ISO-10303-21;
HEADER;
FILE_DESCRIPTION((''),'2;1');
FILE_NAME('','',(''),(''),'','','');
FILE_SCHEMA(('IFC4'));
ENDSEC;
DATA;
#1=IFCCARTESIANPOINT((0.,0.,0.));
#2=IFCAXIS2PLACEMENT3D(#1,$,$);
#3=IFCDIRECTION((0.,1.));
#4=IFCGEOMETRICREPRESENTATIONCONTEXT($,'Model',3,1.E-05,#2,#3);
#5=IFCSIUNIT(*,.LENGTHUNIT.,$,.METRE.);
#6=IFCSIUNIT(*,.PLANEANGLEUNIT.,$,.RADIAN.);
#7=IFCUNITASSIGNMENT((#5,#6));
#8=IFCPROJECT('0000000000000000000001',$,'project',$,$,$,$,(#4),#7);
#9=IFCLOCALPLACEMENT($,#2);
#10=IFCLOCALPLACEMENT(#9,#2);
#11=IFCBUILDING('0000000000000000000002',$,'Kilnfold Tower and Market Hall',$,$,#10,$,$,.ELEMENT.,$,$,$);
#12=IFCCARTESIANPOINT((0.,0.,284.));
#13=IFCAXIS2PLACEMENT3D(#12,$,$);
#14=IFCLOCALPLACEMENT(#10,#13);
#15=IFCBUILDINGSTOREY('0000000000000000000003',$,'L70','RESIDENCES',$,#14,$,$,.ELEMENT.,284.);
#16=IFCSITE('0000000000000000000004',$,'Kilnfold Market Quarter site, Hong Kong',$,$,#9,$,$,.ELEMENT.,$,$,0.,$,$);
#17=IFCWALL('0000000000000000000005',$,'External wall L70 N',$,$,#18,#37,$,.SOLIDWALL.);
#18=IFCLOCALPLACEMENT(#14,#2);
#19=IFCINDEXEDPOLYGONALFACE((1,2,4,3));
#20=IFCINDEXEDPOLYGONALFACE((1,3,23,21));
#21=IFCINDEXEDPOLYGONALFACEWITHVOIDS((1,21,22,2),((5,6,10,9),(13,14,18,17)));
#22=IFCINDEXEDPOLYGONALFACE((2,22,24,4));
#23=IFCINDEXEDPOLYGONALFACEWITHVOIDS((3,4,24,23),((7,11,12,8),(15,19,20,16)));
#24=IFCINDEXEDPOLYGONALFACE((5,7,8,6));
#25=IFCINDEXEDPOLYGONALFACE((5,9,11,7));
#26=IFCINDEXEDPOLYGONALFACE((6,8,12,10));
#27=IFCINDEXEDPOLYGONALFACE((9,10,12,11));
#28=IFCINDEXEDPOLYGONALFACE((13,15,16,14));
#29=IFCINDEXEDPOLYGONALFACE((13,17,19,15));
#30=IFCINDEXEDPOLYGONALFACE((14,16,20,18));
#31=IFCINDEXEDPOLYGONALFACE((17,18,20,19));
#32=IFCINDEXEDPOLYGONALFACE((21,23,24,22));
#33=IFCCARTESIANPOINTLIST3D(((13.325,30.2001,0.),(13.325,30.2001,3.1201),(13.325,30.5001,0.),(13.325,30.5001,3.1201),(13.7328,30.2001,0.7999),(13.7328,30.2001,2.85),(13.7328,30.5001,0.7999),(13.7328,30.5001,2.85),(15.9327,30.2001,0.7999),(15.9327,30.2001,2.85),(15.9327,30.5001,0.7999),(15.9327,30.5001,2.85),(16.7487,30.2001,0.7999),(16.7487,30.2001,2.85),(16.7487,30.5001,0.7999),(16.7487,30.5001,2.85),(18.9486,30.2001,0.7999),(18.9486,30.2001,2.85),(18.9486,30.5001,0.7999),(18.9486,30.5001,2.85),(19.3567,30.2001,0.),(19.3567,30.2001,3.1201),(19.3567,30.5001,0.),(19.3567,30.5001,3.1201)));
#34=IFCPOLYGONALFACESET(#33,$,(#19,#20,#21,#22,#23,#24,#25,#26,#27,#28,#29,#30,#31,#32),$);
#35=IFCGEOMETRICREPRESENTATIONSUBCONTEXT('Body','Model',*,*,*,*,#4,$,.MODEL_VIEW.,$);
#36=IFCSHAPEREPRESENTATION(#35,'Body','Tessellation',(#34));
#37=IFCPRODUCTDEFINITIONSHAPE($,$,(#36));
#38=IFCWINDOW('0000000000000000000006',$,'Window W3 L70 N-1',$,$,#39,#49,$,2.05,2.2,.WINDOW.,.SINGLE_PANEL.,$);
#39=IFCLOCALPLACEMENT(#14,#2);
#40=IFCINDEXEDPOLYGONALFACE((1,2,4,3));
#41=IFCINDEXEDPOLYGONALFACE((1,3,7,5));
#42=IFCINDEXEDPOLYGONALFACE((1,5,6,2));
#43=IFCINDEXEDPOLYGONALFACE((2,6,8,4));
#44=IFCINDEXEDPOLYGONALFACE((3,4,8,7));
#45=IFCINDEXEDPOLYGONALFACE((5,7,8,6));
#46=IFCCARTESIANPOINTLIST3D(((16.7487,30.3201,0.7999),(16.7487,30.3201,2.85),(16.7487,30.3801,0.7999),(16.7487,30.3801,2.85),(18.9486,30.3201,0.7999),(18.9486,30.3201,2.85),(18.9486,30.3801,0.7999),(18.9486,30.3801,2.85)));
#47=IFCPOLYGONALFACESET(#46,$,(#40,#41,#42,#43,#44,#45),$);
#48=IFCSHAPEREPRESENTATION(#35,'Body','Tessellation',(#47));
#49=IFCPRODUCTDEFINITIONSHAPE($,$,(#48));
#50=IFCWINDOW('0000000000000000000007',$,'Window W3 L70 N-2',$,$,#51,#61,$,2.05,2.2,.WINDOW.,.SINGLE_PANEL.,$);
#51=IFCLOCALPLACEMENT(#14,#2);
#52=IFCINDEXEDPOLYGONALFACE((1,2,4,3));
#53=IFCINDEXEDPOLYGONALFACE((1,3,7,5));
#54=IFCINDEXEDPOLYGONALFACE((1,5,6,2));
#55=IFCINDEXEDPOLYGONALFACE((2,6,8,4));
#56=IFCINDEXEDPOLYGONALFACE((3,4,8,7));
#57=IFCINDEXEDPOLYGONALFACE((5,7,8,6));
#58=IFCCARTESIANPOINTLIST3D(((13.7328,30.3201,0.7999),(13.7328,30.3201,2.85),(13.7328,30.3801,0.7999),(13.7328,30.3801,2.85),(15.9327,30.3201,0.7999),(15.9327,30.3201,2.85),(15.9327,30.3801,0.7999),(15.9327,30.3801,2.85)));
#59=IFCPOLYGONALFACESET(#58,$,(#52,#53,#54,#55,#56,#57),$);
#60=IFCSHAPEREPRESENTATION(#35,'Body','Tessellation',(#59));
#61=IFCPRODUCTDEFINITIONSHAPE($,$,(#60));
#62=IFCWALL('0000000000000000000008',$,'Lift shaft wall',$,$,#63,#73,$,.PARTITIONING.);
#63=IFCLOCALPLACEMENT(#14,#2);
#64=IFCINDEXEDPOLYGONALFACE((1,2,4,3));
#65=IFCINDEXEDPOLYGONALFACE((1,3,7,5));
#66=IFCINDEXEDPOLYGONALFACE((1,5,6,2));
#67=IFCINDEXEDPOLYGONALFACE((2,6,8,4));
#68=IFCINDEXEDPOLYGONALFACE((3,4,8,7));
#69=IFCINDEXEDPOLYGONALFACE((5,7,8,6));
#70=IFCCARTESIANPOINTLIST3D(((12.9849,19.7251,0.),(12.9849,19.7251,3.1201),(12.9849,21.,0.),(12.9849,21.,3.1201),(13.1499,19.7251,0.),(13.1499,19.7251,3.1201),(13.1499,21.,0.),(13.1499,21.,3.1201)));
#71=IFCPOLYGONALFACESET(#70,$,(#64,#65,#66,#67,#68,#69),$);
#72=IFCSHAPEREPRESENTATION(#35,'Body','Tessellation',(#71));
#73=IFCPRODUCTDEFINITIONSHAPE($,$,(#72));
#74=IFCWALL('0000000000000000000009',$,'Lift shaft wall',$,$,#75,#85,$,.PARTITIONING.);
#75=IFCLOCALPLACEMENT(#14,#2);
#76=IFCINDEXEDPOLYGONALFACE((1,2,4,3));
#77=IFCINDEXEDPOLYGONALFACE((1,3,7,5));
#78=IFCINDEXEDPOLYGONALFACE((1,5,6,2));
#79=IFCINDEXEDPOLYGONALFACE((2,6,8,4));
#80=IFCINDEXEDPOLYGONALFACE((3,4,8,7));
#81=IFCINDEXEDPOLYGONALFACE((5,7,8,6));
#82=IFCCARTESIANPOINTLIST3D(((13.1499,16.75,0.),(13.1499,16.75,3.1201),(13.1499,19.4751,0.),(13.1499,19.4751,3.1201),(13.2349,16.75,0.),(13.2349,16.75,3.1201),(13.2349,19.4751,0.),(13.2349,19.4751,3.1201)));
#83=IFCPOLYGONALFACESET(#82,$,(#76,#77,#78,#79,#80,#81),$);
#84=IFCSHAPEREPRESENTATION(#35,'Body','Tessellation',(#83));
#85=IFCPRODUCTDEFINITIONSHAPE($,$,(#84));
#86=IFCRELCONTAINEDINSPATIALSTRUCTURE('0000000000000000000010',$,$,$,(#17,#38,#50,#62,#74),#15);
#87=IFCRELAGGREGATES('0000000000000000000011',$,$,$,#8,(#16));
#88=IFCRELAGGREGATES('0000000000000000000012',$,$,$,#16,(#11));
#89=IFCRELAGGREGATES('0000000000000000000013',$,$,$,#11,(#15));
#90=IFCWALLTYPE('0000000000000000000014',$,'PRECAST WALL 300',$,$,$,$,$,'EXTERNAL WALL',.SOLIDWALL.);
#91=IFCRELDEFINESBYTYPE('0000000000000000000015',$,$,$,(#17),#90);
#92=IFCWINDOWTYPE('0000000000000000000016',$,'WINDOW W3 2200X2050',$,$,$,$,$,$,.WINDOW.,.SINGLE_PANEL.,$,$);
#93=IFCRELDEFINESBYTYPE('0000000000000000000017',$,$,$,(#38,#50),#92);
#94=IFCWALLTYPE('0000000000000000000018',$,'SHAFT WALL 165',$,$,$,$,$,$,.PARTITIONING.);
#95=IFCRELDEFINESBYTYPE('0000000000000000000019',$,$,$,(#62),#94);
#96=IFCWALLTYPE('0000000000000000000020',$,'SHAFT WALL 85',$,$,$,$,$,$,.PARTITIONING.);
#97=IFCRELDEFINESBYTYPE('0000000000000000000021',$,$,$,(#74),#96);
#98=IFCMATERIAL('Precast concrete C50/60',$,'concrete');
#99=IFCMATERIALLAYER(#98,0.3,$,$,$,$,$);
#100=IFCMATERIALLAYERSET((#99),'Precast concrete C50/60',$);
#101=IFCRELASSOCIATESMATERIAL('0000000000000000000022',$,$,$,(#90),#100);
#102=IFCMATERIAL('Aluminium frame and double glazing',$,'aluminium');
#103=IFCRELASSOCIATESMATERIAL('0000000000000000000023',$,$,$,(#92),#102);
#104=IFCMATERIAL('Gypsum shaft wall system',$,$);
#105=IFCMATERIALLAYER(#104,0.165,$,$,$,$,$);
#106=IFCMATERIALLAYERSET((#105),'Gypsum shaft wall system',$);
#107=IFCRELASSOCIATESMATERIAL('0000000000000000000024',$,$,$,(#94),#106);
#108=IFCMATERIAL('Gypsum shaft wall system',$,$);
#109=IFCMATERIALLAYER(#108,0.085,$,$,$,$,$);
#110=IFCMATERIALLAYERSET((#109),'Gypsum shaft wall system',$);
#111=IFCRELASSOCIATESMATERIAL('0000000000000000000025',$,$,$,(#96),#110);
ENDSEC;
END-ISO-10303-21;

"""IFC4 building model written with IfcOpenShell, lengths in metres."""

from ifc_helpers import new_model, si_unit, direction, frame, frame_2d, origin, place, context, subcontext, project, spatial, rectangle, extrude, source, transform, mapped, material, layer, layer_set, type_object, element, fill, save


model = new_model("IFC4")

# Units and contexts
model_context = context("Model", 3, precision=1e-05, world=origin(), true_north=direction((0.0, 1.0)))
body_context = subcontext(model_context, "Body", "Model", "MODEL_VIEW")
ifc_project = project(units=[si_unit("LENGTHUNIT", "METRE"), si_unit("PLANEANGLEUNIT", "RADIAN")], contexts=[model_context])

# Site, building, storey
site_placement = place(None, origin())
site = spatial("IfcSite", under=ifc_project, at=site_placement, Name="Kilnfold Market Quarter site, Hong Kong", CompositionType="ELEMENT", RefElevation=0.0)
building_placement = place(site_placement, origin())
building = spatial("IfcBuilding", under=site, at=building_placement, Name="Kilnfold Tower and Market Hall", CompositionType="ELEMENT")
storey_placement = place(building_placement, frame((0.0, 0.0, 284.0)))
storey = spatial("IfcBuildingStorey", under=building, at=storey_placement, Name="L70", Description="RESIDENCES", CompositionType="ELEMENT", Elevation=284.0)

# Shared definitions
ifc_material_1 = material(Name="Precast concrete C50/60", Category="concrete")
ifc_layer_1 = layer(ifc_material_1, 0.3)
ifc_layer_set_1 = layer_set([ifc_layer_1], Name="Precast concrete C50/60")
wall_type_1 = type_object("IfcWallType", Name="PRECAST WALL 300", ElementType="EXTERNAL WALL", PredefinedType="SOLIDWALL", material=ifc_layer_set_1)
ifc_material_2 = material(Name="Aluminium frame and double glazing", Category="aluminium")
window_type_1 = type_object("IfcWindowType", Name="WINDOW W3 2200X2050", PartitioningType="SINGLE_PANEL", PredefinedType="WINDOW", material=ifc_material_2)

# Wall, openings, windows
shared_shape_1 = source(origin(), body_context, "Body", "SweptSolid", [
    extrude(rectangle(XDim=6.0317, YDim=0.3, at=frame_2d((3.0159, 0.0))), origin(), (0.0, 0.0, 1.0), 3.1201),
])
wall_1_placement = place(storey_placement, frame((19.3567, 30.3501, 0.0), z_axis=(0.0, 0.0, 1.0), x_axis=(-1.0, 0.0, 0.0)))
wall_1 = element("IfcWall", 1, at=wall_1_placement, inside=storey, type_object=wall_type_1, Name="External wall L70 N", PredefinedType="SOLIDWALL", context=body_context, shape_type="MappedRepresentation", body=[
    mapped(shared_shape_1, transform((0.0, 0.0, 0.0))),
])
opening_1_placement = place(wall_1_placement, frame((0.408, 0.0, 0.8)))
opening_1 = element("IfcOpeningElement", 2, at=opening_1_placement, cuts=wall_1, PredefinedType="OPENING", context=body_context, shape_type="SweptSolid", body=[
    extrude(rectangle(XDim=2.2, YDim=2.05, at=frame_2d((1.1001, 1.0249))), frame((0.0, 0.1602, 0.0), z_axis=(0.0, -1.0, 0.0), x_axis=(1.0, 0.0, 0.0)), (0.0, 0.0, 1.0), 0.3201),
])
opening_2_placement = place(wall_1_placement, frame((3.4238, 0.0, 0.8)))
opening_2 = element("IfcOpeningElement", 3, at=opening_2_placement, cuts=wall_1, PredefinedType="OPENING", context=body_context, shape_type="SweptSolid", body=[
    extrude(rectangle(XDim=2.2, YDim=2.05, at=frame_2d((1.1001, 1.0249))), frame((0.0, 0.1602, 0.0), z_axis=(0.0, -1.0, 0.0), x_axis=(1.0, 0.0, 0.0)), (0.0, 0.0, 1.0), 0.3201),
])
window_1_placement = place(opening_1_placement, origin())
window_1 = element("IfcWindow", 4, at=window_1_placement, inside=storey, type_object=window_type_1, Name="Window W3 L70 N-1", OverallHeight=2.05, OverallWidth=2.2, PartitioningType="SINGLE_PANEL", PredefinedType="WINDOW", context=body_context, shape_type="SweptSolid", body=[
    extrude(rectangle(XDim=2.2, YDim=2.05, at=frame_2d((1.1001, 1.0249))), frame((0.0, 0.03, 0.0), z_axis=(0.0, -1.0, 0.0), x_axis=(1.0, 0.0, 0.0)), (0.0, 0.0, 1.0), 0.0601),
])
fill(opening_1, window_1)
window_2_placement = place(opening_2_placement, origin())
window_2 = element("IfcWindow", 5, at=window_2_placement, inside=storey, type_object=window_type_1, Name="Window W3 L70 N-2", OverallHeight=2.05, OverallWidth=2.2, PartitioningType="SINGLE_PANEL", PredefinedType="WINDOW", context=body_context, shape_type="SweptSolid", body=[
    extrude(rectangle(XDim=2.2, YDim=2.05, at=frame_2d((1.1001, 1.0249))), frame((0.0, 0.03, 0.0), z_axis=(0.0, -1.0, 0.0), x_axis=(1.0, 0.0, 0.0)), (0.0, 0.0, 1.0), 0.0601),
])
fill(opening_2, window_2)

# Walls
ifc_material_3 = material(Name="Gypsum shaft wall system")
ifc_layer_2 = layer(ifc_material_3, 0.165)
ifc_layer_set_2 = layer_set([ifc_layer_2], Name="Gypsum shaft wall system")
wall_type_2 = type_object("IfcWallType", Name="SHAFT WALL 165", PredefinedType="PARTITIONING", material=ifc_layer_set_2)
shared_shape_2 = source(origin(), body_context, "Body", "SweptSolid", [
    extrude(rectangle(XDim=1.2749, YDim=0.165, at=frame_2d((0.6375, 0.0))), origin(), (0.0, 0.0, 1.0), 3.1201),
])
wall_2_placement = place(storey_placement, frame((13.0674, 19.7251, 0.0), z_axis=(0.0, 0.0, 1.0), x_axis=(0.0, 1.0, 0.0)))
element("IfcWall", 6, at=wall_2_placement, inside=storey, type_object=wall_type_2, Name="Lift shaft wall", PredefinedType="PARTITIONING", context=body_context, shape_type="MappedRepresentation", body=[
    mapped(shared_shape_2, transform((0.0, 0.0, 0.0))),
])
ifc_material_4 = material(Name="Gypsum shaft wall system")
ifc_layer_3 = layer(ifc_material_4, 0.085)
ifc_layer_set_3 = layer_set([ifc_layer_3], Name="Gypsum shaft wall system")
wall_type_3 = type_object("IfcWallType", Name="SHAFT WALL 85", PredefinedType="PARTITIONING", material=ifc_layer_set_3)
shared_shape_3 = source(origin(), body_context, "Body", "SweptSolid", [
    extrude(rectangle(XDim=2.7251, YDim=0.085, at=frame_2d((1.3625, 0.0))), origin(), (0.0, 0.0, 1.0), 3.1201),
])
wall_3_placement = place(storey_placement, frame((13.1924, 16.75, 0.0), z_axis=(0.0, 0.0, 1.0), x_axis=(0.0, 1.0, 0.0)))
element("IfcWall", 7, at=wall_3_placement, inside=storey, type_object=wall_type_3, Name="Lift shaft wall", PredefinedType="PARTITIONING", context=body_context, shape_type="MappedRepresentation", body=[
    mapped(shared_shape_3, transform((0.0, 0.0, 0.0))),
])

save(model, "model.ifc")
